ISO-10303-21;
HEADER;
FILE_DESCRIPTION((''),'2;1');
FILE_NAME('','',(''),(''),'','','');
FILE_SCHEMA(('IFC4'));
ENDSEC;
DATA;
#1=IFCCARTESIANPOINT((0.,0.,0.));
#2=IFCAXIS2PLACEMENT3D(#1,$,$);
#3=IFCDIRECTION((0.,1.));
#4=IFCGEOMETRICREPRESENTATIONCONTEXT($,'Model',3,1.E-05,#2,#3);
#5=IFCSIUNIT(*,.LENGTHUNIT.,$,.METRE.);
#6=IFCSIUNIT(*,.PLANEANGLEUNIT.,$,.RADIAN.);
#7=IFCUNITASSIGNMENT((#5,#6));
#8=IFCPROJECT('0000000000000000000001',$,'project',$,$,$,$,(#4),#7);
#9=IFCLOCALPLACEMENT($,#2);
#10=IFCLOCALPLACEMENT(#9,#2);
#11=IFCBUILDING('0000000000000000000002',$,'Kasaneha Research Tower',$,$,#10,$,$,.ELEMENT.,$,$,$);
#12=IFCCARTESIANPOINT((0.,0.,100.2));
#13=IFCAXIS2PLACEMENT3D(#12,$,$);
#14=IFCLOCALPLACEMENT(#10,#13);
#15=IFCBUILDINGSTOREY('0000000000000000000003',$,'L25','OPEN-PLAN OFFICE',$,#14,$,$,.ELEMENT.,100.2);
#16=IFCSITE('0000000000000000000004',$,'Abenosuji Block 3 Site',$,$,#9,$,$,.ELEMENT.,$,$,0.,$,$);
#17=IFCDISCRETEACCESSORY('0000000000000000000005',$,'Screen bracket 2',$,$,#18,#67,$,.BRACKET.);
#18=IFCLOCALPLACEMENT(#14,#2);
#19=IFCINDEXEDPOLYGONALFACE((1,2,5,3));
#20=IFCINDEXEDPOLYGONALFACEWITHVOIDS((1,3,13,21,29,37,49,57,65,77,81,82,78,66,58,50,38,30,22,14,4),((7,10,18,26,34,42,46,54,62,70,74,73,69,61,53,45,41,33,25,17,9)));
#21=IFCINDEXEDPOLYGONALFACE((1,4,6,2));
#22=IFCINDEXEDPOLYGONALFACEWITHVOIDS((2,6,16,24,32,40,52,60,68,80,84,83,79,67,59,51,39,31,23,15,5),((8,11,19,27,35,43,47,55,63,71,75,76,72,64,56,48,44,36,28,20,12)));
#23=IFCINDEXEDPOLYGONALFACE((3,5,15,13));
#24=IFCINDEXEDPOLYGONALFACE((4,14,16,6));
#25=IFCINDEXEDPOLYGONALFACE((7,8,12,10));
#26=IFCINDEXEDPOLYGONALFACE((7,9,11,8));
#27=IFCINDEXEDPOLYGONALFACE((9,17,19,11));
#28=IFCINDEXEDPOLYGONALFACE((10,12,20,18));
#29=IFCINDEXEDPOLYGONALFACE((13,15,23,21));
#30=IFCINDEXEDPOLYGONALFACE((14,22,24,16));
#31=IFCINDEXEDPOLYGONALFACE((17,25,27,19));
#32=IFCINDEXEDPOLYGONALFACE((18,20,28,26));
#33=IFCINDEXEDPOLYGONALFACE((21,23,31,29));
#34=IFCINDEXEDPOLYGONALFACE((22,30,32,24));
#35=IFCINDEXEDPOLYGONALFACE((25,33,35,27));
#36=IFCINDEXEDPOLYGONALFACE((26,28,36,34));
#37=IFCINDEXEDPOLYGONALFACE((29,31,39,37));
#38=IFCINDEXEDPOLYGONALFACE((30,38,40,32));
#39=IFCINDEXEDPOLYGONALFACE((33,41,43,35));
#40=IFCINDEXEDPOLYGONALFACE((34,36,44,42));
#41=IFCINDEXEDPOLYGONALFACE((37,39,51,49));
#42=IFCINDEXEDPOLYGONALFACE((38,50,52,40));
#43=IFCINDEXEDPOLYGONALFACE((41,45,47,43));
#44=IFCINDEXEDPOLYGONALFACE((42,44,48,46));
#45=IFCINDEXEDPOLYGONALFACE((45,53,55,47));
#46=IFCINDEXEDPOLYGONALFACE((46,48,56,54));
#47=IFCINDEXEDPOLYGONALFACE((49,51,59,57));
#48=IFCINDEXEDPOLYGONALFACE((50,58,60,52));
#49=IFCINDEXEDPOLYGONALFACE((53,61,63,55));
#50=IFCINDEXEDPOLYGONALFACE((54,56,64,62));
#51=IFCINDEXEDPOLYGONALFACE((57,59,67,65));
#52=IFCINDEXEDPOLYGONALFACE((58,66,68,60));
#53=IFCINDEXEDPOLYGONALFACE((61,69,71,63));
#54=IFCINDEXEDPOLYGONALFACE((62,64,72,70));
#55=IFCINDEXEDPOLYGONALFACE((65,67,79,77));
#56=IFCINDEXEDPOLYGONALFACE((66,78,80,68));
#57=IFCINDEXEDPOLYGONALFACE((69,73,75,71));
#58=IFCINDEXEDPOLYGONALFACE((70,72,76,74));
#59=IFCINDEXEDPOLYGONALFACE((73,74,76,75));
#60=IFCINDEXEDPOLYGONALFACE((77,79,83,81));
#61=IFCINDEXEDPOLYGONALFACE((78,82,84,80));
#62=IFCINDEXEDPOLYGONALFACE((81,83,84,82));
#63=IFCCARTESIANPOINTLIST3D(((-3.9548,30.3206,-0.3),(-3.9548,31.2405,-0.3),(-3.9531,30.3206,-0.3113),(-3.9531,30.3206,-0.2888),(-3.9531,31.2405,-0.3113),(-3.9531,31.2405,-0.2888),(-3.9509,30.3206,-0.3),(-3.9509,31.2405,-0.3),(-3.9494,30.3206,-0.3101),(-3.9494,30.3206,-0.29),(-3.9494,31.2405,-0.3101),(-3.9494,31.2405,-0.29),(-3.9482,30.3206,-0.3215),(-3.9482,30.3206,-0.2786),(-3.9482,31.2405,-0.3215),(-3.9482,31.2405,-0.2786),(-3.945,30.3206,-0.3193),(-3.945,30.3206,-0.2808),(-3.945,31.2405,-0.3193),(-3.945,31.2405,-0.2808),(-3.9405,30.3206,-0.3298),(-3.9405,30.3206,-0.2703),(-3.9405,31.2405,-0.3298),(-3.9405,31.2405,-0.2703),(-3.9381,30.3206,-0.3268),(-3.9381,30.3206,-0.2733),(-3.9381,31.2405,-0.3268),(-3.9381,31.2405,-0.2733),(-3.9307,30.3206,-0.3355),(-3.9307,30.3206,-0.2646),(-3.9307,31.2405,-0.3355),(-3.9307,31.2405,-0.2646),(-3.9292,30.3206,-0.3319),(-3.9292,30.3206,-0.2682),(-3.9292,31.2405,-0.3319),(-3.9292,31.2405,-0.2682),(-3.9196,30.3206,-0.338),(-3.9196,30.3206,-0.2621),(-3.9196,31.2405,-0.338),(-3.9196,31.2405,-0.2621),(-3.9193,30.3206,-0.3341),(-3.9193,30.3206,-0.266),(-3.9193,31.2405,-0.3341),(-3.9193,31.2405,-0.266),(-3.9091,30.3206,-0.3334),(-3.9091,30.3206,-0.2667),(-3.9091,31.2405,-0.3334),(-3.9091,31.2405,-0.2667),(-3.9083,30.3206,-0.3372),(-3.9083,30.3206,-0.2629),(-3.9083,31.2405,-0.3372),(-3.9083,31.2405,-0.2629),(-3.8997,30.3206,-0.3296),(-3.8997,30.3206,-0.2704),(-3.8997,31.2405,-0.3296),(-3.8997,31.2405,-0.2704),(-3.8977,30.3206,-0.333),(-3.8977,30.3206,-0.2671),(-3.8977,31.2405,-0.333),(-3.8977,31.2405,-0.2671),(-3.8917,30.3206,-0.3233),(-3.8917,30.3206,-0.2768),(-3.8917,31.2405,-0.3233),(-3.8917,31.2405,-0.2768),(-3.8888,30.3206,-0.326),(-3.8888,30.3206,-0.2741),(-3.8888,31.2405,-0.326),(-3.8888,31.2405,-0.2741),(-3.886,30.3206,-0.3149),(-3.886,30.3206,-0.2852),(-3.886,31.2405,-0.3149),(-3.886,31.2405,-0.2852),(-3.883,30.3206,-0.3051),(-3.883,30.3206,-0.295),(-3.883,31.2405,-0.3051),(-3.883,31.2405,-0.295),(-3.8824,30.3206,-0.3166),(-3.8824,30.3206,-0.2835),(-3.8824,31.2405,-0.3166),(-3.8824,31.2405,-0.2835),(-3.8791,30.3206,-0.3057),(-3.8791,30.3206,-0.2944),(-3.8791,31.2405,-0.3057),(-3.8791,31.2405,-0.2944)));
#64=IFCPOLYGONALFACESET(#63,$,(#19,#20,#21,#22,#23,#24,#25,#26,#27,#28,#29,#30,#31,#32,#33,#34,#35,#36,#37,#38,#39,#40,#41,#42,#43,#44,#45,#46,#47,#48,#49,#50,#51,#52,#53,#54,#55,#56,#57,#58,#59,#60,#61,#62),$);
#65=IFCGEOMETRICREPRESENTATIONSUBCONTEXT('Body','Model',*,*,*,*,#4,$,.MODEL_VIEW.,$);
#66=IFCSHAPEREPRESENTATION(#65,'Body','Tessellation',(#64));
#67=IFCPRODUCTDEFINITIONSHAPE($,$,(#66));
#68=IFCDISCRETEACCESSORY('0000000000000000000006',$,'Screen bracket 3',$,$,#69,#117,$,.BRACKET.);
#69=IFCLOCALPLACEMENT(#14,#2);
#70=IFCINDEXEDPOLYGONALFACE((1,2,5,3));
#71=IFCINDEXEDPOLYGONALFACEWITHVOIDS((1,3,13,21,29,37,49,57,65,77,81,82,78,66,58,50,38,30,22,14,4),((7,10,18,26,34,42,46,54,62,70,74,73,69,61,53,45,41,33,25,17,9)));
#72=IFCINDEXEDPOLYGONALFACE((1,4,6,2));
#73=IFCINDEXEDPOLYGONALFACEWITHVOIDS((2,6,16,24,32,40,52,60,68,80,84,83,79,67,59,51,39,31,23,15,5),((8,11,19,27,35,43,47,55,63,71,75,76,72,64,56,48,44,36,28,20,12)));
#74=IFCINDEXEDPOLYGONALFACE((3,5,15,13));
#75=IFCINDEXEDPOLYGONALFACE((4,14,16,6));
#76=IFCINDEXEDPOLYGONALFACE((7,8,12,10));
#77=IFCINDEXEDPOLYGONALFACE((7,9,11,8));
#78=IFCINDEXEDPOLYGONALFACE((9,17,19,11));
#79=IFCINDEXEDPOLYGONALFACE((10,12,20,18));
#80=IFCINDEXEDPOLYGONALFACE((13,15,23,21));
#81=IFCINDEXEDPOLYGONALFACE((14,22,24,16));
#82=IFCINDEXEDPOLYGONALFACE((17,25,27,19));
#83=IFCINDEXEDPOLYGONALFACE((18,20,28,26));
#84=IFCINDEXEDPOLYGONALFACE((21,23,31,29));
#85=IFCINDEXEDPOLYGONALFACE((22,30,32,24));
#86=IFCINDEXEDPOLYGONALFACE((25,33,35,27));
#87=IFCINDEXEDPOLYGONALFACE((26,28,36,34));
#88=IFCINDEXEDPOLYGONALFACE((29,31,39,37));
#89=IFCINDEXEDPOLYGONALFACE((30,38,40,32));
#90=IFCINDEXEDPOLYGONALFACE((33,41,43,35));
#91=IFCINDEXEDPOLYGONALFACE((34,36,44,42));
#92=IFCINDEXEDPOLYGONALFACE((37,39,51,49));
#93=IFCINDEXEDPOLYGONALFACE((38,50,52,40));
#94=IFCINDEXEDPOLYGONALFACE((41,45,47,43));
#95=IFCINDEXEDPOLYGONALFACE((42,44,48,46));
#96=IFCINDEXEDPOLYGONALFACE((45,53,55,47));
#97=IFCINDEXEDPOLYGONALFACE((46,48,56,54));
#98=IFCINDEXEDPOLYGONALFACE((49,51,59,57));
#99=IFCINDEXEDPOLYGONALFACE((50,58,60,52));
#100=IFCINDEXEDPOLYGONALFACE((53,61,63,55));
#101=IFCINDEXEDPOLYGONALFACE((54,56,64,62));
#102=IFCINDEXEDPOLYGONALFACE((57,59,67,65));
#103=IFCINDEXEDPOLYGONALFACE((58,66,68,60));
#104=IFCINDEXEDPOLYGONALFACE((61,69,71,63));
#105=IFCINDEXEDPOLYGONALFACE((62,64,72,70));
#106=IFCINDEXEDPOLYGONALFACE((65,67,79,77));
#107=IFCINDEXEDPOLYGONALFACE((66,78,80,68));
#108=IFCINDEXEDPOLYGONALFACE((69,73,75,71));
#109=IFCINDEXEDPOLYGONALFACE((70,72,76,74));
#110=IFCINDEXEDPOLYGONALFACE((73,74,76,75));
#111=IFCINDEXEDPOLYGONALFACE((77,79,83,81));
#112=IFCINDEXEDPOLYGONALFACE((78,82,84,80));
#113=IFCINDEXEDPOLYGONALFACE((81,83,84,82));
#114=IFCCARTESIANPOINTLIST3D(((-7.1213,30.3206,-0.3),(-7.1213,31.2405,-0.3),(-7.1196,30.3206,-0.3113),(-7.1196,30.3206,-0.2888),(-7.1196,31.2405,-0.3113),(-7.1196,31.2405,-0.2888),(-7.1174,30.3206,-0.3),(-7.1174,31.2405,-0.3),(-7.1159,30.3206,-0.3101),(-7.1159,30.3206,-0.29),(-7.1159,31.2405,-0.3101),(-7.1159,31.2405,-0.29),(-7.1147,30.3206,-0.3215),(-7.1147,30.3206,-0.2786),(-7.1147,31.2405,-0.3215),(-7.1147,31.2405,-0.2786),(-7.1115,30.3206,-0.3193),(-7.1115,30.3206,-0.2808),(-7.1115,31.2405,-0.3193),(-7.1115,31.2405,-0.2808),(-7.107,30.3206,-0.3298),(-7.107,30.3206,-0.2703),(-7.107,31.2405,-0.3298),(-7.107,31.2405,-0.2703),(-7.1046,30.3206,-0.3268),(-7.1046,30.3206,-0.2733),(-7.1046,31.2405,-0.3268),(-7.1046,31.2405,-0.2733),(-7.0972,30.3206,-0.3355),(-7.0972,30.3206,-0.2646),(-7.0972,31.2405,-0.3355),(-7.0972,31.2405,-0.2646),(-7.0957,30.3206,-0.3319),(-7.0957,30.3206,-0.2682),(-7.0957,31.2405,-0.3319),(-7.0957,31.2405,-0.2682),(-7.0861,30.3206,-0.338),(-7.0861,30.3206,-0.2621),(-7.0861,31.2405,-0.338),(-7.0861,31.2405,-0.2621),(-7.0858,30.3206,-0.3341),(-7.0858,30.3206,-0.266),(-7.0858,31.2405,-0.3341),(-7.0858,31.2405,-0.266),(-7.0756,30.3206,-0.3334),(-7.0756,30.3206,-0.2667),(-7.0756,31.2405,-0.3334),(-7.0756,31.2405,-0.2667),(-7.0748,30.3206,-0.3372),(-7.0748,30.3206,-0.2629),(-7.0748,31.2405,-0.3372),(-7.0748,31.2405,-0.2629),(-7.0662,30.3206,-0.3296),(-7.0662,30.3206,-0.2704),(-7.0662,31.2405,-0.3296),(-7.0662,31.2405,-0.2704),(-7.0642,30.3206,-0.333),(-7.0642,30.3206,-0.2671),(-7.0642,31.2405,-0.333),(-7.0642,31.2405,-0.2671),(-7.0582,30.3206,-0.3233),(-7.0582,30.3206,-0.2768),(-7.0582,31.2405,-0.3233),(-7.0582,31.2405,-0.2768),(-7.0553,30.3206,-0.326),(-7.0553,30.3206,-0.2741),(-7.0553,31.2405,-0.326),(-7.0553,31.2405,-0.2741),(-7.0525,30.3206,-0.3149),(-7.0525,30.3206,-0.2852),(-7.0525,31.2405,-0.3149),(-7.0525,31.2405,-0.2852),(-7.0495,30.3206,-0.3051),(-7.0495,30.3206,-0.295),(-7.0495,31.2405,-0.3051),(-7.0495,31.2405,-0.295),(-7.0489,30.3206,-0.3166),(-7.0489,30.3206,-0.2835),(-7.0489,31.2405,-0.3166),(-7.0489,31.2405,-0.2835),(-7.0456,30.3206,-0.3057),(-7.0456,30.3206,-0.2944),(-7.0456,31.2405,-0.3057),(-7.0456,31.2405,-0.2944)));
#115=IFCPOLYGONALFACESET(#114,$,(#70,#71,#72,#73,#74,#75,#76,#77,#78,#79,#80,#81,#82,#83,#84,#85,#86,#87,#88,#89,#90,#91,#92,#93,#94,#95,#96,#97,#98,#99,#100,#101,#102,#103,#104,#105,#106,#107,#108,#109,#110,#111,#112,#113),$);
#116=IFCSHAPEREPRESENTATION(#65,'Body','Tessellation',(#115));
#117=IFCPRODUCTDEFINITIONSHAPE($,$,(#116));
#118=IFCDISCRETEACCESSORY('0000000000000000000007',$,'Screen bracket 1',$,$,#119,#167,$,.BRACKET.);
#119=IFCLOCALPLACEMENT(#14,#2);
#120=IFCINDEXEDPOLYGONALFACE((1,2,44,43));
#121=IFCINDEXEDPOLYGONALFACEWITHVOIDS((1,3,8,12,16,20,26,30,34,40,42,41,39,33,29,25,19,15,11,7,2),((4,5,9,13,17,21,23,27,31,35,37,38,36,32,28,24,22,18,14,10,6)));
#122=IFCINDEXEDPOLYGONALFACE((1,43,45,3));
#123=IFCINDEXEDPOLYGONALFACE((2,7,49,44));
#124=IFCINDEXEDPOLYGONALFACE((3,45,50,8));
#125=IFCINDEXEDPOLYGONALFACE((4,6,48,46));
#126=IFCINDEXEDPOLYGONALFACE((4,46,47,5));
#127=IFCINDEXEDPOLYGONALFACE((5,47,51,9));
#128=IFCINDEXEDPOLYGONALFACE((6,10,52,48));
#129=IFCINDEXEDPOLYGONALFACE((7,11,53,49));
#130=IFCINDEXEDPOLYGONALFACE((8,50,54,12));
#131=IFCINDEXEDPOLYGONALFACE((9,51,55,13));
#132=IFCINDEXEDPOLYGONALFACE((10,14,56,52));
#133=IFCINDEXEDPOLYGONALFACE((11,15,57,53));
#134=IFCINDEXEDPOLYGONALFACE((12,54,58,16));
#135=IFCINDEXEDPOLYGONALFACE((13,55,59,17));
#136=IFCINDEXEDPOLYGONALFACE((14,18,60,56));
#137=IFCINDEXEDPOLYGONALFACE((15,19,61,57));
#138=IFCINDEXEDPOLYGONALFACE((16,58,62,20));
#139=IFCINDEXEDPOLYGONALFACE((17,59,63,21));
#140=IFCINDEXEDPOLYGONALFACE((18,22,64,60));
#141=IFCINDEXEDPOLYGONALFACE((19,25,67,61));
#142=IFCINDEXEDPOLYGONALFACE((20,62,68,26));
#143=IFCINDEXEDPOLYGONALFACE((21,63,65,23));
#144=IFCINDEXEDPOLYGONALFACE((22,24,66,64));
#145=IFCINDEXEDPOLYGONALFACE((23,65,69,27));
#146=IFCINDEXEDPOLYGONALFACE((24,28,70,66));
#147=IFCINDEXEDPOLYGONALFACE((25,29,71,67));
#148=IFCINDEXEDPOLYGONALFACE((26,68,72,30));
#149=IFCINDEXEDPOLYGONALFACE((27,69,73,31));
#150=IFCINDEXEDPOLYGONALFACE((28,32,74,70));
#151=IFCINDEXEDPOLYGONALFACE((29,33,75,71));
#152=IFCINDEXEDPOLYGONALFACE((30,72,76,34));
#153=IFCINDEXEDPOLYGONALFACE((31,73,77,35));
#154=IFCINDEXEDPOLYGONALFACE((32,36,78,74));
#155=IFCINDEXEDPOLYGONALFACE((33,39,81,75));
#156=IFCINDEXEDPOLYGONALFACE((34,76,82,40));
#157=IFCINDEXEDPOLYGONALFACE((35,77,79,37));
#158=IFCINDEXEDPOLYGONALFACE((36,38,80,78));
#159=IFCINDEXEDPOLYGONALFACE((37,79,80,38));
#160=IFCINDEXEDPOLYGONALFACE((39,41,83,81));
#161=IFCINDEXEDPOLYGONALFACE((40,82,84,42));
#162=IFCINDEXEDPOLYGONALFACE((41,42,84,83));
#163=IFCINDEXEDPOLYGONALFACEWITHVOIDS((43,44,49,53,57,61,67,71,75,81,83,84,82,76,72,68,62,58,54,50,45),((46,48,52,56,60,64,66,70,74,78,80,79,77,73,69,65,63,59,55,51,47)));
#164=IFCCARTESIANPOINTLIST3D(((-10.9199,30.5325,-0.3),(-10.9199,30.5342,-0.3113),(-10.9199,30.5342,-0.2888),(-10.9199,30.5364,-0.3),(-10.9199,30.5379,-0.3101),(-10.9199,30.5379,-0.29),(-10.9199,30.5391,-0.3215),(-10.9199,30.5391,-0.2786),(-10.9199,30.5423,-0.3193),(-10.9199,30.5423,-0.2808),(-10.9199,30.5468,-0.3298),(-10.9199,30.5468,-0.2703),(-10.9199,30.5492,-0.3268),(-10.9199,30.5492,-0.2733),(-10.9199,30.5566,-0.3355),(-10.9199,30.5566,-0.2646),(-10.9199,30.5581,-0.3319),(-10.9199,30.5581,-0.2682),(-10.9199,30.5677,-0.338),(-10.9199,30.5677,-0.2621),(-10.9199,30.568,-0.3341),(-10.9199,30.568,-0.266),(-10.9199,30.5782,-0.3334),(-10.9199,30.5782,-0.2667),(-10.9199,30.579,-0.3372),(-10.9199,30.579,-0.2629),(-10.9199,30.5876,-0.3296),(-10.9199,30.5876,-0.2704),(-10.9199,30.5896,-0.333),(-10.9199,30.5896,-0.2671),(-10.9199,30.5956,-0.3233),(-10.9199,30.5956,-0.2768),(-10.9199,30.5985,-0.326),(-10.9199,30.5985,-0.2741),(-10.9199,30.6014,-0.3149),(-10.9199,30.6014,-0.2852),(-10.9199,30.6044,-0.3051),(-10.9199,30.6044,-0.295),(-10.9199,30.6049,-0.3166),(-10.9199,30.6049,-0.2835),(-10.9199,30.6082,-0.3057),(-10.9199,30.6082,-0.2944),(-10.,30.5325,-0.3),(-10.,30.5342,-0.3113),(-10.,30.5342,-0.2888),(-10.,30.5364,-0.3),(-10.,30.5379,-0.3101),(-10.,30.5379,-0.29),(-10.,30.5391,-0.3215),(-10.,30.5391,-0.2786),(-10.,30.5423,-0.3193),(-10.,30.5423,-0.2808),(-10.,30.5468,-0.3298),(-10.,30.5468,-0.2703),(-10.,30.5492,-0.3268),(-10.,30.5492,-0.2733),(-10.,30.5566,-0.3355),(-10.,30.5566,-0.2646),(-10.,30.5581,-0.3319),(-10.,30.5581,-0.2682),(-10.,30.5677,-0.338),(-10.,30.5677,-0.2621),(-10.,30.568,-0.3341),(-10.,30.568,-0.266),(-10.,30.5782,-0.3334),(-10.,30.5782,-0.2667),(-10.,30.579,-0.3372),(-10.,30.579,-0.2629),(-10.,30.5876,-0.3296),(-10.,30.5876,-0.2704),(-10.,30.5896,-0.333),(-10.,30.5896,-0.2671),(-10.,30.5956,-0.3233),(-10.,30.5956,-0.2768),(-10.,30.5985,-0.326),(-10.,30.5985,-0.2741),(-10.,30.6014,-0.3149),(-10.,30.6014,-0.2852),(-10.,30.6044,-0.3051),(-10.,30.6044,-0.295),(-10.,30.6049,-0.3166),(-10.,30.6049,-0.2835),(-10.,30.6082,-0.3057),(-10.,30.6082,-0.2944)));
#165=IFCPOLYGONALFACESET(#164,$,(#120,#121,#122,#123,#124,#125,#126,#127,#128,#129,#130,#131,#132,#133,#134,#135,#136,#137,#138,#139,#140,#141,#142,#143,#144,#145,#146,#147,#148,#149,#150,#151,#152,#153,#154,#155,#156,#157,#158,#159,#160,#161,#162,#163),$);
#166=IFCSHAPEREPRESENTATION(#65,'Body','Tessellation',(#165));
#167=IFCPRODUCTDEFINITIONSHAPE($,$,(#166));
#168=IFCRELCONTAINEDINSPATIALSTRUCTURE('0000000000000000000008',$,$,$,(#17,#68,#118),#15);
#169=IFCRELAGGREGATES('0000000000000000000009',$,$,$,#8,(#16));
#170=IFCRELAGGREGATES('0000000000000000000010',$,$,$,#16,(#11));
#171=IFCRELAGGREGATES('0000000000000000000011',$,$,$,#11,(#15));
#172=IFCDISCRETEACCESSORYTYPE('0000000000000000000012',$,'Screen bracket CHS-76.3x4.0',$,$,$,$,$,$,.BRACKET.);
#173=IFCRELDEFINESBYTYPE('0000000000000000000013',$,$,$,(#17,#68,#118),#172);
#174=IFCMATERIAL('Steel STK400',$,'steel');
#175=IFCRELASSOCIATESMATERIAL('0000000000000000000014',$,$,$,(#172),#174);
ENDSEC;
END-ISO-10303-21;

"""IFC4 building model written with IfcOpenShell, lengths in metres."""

from ifc_helpers import new_model, si_unit, direction, frame, origin, origin_2d, place, context, subcontext, project, spatial, hollow_circle, extrude, material, material_profile, profile_set, type_object, element, save


model = new_model("IFC4")

# Units and contexts
model_context = context("Model", 3, precision=1e-05, world=origin(), true_north=direction((0.0, 1.0)))
body_context = subcontext(model_context, "Body", "Model", "MODEL_VIEW")
ifc_project = project(units=[si_unit("LENGTHUNIT", "METRE"), si_unit("PLANEANGLEUNIT", "RADIAN")], contexts=[model_context])

# Site, building, storey
site_placement = place(None, origin())
site = spatial("IfcSite", under=ifc_project, at=site_placement, Name="Abenosuji Block 3 Site", CompositionType="ELEMENT", RefElevation=0.0)
building_placement = place(site_placement, origin())
building = spatial("IfcBuilding", under=site, at=building_placement, Name="Kasaneha Research Tower", CompositionType="ELEMENT")
storey_placement = place(building_placement, frame((0.0, 0.0, 100.2)))
storey = spatial("IfcBuildingStorey", under=building, at=storey_placement, Name="L25", Description="OPEN-PLAN OFFICE", CompositionType="ELEMENT", Elevation=100.2)

# Discrete accessories
ifc_material_1 = material(Name="Steel STK400", Category="steel")
ifc_material_profile_1 = material_profile(ifc_material_1, hollow_circle(Radius=0.0381, WallThickness=0.0039, at=origin_2d()), Name="CHS-76.3x4.0")
ifc_profile_set_1 = profile_set([ifc_material_profile_1], Name="Steel STK400")
discrete_accessory_type = type_object("IfcDiscreteAccessoryType", Name="Screen bracket CHS-76.3x4.0", PredefinedType="BRACKET", material=ifc_profile_set_1)
for number, where, z_axis, x_axis, name in (
    (1, (-3.9167, 30.3206, -0.3), (0.0, 1.0, 0.0), (-1.0, 0.0, 0.0), "Screen bracket 2"),
    (2, (-7.0833, 30.3206, -0.3), (0.0, 1.0, 0.0), (-1.0, 0.0, 0.0), "Screen bracket 3"),
    (3, (-10.0, 30.5706, -0.3), (-1.0, 0.0, 0.0), (0.0, -1.0, 0.0), "Screen bracket 1"),
):
    element("IfcDiscreteAccessory", number, at=place(storey_placement, frame(where, z_axis=z_axis, x_axis=x_axis)), inside=storey, type_object=discrete_accessory_type, Name=name, PredefinedType="BRACKET", context=body_context, shape_type="SweptSolid", body=[
        extrude(hollow_circle(Radius=0.0381, WallThickness=0.0039, at=origin_2d()), origin(), (0.0, 0.0, 1.0), 0.9199),
    ])

save(model, "model.ifc")
